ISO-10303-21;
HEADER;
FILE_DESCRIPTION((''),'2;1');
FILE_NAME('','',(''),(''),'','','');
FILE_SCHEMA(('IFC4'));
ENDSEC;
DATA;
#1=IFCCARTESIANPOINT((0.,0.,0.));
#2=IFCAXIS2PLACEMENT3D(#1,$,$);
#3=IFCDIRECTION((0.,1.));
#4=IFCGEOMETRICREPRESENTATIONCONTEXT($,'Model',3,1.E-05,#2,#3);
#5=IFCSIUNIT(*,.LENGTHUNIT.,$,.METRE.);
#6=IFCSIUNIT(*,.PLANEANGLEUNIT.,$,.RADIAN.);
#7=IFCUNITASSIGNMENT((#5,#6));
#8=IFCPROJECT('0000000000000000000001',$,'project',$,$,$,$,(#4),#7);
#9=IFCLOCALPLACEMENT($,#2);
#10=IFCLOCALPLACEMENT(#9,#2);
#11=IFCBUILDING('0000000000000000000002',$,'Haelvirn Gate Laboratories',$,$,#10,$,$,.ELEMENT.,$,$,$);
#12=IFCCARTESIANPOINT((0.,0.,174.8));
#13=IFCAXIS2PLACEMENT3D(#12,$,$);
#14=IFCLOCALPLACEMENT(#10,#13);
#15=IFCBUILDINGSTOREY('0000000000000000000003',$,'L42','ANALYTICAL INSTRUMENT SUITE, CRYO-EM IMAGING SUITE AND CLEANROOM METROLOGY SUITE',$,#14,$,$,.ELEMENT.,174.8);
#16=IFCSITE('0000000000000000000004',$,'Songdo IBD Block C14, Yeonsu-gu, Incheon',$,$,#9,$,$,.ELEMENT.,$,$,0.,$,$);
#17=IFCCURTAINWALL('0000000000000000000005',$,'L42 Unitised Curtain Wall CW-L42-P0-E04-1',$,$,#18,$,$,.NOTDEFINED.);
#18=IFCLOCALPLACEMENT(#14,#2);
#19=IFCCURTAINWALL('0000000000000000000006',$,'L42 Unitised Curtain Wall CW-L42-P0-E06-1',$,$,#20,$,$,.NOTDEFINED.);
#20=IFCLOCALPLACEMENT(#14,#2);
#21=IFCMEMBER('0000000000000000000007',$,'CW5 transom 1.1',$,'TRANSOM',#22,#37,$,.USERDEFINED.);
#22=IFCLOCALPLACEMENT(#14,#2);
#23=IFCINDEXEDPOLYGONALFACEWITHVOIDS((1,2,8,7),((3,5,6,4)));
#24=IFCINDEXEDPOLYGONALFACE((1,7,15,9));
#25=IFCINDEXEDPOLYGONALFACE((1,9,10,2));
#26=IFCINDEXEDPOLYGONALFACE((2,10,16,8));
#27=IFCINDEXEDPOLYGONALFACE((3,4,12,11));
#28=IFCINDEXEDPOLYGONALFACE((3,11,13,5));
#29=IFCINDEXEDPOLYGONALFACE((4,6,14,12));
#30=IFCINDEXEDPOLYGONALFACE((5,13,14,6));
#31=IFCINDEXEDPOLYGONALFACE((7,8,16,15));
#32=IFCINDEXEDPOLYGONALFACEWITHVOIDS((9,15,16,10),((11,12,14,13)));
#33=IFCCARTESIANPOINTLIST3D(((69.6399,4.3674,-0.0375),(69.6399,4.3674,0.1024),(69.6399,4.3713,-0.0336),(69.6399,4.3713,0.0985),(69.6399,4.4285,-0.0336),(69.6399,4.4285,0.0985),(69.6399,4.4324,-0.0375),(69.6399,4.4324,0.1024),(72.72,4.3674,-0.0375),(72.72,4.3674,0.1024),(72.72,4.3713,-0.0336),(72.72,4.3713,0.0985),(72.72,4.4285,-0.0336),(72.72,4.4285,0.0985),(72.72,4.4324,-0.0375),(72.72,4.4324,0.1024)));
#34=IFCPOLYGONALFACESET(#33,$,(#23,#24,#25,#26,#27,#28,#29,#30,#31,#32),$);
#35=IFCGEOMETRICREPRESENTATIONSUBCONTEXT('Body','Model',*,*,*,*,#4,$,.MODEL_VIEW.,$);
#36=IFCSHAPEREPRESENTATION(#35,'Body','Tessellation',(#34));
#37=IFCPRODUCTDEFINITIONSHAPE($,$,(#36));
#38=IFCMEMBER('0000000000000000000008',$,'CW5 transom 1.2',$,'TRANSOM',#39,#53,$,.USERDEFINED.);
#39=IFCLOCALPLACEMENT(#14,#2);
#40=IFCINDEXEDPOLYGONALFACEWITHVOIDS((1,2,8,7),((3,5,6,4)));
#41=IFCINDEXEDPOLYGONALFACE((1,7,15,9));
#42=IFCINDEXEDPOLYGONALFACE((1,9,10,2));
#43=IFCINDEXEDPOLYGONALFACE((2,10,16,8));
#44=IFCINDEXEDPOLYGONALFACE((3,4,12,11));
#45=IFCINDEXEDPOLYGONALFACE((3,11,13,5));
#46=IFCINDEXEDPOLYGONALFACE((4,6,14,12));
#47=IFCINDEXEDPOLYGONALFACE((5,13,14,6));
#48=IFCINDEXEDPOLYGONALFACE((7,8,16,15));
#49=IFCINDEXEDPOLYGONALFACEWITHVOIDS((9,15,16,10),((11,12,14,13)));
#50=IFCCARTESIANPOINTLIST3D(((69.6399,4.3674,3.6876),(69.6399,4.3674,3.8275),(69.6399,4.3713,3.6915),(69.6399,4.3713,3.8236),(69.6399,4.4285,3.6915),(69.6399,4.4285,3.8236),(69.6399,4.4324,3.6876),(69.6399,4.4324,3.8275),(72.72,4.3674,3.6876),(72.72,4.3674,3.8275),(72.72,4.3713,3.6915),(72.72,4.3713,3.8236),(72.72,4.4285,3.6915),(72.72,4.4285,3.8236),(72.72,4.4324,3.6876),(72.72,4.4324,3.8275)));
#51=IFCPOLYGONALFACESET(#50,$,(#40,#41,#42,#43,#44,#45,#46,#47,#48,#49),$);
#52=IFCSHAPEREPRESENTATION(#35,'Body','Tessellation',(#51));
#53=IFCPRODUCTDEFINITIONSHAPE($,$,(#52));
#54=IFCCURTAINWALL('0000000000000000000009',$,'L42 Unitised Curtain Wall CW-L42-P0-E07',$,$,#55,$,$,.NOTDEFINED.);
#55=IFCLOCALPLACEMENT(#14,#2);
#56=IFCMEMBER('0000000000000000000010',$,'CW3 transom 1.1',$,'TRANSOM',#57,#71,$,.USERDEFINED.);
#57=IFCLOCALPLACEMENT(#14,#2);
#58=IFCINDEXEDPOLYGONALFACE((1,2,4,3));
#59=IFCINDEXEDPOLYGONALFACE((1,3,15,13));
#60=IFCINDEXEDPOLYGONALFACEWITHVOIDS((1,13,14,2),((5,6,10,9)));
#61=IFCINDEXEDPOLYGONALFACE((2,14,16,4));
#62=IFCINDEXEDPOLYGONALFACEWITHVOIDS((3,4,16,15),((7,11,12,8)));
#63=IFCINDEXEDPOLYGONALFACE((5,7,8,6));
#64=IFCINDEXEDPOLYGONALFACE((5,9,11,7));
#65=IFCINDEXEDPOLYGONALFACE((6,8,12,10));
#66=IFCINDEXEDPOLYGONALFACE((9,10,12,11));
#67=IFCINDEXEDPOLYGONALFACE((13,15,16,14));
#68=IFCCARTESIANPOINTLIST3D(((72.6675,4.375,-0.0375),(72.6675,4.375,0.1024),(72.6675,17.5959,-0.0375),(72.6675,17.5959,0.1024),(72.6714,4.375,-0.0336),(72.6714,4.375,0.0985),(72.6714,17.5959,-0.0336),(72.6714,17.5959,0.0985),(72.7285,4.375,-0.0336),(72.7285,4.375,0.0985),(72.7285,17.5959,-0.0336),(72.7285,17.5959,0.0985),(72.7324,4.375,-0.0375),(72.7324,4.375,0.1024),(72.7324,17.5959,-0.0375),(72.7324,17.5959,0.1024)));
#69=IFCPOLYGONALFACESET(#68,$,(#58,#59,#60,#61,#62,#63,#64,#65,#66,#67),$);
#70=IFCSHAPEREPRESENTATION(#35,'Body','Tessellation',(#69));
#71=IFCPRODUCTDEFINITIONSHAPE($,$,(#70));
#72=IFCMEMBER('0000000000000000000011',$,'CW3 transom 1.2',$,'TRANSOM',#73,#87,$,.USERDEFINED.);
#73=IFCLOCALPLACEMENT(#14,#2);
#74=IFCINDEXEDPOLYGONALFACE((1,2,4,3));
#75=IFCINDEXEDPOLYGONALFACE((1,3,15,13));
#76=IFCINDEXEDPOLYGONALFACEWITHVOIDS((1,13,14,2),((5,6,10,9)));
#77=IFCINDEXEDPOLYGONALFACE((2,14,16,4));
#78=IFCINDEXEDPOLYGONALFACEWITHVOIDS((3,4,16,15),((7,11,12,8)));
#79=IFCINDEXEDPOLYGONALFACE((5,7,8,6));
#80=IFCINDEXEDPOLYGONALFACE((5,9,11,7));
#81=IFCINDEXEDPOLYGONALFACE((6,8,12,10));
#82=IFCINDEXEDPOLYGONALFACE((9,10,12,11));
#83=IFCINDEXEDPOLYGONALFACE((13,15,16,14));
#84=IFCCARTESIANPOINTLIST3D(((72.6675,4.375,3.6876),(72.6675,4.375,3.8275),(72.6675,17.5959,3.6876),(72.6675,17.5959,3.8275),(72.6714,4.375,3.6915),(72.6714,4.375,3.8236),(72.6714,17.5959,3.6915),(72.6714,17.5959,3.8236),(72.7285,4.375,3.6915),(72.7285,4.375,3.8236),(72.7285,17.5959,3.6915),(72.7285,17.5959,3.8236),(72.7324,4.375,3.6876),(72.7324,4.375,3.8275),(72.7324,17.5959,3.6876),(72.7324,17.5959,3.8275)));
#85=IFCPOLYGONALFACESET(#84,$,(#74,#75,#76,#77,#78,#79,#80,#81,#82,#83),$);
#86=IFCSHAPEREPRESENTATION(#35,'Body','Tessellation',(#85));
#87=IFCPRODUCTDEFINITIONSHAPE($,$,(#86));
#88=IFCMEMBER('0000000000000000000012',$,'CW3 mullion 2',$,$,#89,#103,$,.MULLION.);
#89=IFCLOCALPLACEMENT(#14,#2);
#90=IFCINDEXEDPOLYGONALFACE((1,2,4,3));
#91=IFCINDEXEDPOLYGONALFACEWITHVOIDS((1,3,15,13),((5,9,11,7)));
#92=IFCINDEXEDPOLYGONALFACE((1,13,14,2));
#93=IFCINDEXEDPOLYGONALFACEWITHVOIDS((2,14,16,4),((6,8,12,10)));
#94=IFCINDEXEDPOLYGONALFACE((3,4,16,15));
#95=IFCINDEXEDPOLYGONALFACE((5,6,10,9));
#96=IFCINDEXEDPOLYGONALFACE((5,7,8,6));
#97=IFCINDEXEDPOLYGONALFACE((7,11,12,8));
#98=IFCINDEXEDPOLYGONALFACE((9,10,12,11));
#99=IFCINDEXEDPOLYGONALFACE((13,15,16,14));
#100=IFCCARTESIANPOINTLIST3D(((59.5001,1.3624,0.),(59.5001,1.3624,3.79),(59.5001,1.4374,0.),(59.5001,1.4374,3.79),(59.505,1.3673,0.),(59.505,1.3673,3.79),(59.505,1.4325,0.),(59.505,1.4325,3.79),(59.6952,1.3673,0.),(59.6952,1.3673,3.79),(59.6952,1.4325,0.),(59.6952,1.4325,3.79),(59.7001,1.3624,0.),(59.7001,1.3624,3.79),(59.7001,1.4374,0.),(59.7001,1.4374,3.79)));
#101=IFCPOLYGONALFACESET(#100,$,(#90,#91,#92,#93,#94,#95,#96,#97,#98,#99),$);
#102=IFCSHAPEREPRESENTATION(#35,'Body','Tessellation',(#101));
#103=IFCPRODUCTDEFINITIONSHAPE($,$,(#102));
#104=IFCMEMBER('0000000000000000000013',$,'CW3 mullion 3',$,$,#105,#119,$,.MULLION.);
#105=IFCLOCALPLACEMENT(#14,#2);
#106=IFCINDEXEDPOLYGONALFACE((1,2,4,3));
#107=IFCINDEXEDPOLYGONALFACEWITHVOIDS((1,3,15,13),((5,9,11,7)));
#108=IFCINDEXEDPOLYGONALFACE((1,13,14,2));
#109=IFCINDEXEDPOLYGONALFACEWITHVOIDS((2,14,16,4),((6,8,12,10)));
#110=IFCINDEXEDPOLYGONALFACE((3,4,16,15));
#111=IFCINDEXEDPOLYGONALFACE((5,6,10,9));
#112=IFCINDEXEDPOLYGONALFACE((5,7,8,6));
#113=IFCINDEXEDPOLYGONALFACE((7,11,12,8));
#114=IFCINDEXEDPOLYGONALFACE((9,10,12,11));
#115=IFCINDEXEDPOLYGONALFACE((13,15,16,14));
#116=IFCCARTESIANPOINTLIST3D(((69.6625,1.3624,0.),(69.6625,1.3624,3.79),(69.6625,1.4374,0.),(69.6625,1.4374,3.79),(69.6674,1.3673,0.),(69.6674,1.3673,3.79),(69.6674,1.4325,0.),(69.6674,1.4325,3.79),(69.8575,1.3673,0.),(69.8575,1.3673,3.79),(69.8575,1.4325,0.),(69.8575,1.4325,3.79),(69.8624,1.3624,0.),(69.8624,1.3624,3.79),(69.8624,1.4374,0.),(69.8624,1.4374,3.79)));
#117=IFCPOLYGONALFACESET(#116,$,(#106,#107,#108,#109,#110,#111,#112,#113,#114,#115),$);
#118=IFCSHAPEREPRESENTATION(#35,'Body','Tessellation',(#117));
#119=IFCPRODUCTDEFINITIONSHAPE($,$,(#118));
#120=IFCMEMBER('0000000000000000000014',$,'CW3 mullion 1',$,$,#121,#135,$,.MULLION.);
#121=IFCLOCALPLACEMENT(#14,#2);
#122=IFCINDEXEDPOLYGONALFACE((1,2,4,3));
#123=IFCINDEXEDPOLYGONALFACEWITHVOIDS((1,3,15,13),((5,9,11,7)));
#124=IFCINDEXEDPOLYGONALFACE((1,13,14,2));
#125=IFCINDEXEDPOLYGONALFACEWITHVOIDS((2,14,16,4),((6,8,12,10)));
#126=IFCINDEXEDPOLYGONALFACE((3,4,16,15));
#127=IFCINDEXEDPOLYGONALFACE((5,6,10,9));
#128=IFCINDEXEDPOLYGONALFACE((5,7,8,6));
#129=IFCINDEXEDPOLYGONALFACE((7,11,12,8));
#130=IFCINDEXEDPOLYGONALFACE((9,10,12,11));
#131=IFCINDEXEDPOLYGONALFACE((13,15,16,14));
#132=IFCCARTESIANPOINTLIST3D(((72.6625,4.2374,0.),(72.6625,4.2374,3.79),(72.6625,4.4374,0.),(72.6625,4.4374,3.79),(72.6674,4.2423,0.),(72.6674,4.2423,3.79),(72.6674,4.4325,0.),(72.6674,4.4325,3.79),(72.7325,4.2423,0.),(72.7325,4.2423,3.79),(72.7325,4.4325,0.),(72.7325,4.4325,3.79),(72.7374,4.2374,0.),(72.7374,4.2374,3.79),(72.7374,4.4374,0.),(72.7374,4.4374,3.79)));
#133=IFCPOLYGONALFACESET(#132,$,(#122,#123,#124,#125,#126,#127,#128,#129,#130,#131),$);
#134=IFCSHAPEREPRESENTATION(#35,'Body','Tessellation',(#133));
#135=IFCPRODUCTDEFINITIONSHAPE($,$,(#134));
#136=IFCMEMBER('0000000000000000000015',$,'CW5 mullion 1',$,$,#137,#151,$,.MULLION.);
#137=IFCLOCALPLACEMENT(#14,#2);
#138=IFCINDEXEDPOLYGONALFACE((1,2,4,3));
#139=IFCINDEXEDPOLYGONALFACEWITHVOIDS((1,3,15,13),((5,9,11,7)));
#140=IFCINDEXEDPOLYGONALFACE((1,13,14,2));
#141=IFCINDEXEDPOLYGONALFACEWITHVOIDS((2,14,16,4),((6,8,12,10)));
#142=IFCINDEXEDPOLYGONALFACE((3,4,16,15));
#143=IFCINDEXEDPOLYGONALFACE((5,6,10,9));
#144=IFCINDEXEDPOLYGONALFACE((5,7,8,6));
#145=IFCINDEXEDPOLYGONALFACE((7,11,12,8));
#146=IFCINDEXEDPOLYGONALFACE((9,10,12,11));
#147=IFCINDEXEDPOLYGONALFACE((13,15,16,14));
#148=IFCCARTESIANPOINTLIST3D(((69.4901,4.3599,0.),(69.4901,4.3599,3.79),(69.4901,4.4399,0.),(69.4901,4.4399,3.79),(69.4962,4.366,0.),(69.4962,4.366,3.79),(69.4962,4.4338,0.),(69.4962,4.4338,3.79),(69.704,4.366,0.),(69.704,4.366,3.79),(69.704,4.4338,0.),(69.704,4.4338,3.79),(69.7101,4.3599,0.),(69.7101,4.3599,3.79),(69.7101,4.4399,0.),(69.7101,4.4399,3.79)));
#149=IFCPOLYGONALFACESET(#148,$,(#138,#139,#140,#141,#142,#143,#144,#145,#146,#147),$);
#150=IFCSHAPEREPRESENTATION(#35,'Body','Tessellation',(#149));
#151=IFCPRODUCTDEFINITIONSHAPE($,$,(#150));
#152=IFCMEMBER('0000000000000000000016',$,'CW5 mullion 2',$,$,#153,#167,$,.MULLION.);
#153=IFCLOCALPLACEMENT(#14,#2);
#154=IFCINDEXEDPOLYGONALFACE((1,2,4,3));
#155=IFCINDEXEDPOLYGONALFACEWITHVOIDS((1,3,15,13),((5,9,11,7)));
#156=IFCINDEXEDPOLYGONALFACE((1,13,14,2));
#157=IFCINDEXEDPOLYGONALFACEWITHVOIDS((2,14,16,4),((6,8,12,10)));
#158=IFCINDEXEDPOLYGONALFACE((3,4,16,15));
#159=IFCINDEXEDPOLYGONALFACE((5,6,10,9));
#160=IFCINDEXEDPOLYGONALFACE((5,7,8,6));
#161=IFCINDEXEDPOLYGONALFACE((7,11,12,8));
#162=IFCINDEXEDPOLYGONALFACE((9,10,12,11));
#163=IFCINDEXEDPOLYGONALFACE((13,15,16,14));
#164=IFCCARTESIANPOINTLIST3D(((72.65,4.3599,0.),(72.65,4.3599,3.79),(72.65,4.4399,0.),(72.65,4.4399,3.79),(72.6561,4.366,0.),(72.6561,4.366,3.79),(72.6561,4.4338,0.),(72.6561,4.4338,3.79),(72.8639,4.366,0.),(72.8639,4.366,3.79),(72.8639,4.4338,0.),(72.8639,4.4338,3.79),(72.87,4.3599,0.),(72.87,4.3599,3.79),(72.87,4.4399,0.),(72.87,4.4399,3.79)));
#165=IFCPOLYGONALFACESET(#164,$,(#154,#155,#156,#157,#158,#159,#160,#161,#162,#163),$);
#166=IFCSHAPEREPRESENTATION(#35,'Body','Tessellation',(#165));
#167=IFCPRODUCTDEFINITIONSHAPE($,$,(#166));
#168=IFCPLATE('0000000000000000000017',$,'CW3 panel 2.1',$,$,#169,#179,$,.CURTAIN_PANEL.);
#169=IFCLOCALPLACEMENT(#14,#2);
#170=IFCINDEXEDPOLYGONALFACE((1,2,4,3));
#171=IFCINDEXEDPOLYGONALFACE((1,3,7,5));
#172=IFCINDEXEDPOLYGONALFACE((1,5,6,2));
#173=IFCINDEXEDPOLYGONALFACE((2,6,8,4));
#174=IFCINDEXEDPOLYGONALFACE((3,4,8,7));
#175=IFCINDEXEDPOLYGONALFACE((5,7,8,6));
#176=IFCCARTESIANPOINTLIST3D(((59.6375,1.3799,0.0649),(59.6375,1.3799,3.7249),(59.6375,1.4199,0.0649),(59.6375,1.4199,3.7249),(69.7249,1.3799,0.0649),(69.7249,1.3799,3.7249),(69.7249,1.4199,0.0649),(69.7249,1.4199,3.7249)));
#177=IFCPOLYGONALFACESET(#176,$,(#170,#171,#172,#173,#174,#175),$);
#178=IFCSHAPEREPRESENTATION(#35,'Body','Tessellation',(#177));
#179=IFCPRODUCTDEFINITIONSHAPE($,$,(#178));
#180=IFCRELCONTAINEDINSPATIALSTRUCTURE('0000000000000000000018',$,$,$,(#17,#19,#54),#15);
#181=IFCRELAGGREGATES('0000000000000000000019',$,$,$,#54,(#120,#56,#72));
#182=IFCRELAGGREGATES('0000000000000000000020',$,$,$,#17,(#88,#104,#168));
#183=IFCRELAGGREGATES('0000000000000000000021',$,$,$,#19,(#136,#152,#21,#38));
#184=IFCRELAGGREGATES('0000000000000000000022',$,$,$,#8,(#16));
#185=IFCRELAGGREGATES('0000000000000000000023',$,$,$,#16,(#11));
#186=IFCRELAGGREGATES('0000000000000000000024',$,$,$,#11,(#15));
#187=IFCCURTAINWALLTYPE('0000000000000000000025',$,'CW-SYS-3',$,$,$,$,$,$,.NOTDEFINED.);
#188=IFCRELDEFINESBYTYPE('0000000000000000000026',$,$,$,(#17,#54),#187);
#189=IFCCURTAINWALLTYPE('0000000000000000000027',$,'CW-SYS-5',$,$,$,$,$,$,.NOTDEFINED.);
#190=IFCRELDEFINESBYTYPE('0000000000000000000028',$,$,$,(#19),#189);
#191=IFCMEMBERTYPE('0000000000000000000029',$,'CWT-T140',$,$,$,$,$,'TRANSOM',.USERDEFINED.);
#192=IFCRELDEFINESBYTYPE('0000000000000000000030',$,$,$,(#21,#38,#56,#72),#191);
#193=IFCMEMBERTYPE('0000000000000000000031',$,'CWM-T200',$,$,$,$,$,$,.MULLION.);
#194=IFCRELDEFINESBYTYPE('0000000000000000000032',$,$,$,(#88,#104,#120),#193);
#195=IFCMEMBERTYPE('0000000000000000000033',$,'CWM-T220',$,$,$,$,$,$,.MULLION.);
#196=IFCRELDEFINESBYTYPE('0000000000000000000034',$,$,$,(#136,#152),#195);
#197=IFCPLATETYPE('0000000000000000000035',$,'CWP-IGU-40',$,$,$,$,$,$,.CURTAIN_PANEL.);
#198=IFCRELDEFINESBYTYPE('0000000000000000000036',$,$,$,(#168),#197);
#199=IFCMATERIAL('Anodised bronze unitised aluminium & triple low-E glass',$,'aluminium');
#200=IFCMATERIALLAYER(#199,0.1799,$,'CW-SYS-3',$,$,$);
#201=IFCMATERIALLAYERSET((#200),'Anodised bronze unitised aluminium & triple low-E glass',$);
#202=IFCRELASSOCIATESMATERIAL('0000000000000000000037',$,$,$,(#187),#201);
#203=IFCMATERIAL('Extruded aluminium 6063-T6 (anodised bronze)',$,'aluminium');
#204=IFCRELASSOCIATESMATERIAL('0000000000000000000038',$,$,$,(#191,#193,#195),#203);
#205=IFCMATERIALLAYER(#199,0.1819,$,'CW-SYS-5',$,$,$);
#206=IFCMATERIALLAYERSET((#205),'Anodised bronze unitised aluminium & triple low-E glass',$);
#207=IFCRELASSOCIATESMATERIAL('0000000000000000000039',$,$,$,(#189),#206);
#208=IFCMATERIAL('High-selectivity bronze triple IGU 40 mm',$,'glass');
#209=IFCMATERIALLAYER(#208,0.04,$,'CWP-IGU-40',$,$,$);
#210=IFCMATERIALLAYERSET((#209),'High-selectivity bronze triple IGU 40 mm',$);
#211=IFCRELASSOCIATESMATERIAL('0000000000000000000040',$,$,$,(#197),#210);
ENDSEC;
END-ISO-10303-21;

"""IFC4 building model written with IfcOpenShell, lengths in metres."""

from ifc_helpers import new_model, si_unit, direction, frame, origin, origin_2d, place, context, subcontext, project, spatial, rectangle, hollow_rectangle, extrude, source, transform, mapped, material, layer, layer_set, material_profile, profile_set, type_object, type_shapes, element, aggregate, save


model = new_model("IFC4")

# Units and contexts
model_context = context("Model", 3, precision=1e-05, world=origin(), true_north=direction((0.0, 1.0)))
body_context = subcontext(model_context, "Body", "Model", "MODEL_VIEW")
ifc_project = project(units=[si_unit("LENGTHUNIT", "METRE"), si_unit("PLANEANGLEUNIT", "RADIAN")], contexts=[model_context])

# Site, building, storey
site_placement = place(None, origin())
site = spatial("IfcSite", under=ifc_project, at=site_placement, Name="Songdo IBD Block C14, Yeonsu-gu, Incheon", CompositionType="ELEMENT", RefElevation=0.0)
building_placement = place(site_placement, origin())
building = spatial("IfcBuilding", under=site, at=building_placement, Name="Haelvirn Gate Laboratories", CompositionType="ELEMENT")
storey_placement = place(building_placement, frame((0.0, 0.0, 174.8)))
storey = spatial("IfcBuildingStorey", under=building, at=storey_placement, Name="L42", Description="ANALYTICAL INSTRUMENT SUITE, CRYO-EM IMAGING SUITE AND CLEANROOM METROLOGY SUITE", CompositionType="ELEMENT", Elevation=174.8)

# Curtain walls, members
ifc_material_1 = material(Name="Anodised bronze unitised aluminium & triple low-E glass", Category="aluminium")
ifc_layer_1 = layer(ifc_material_1, 0.1799, Name="CW-SYS-3")
ifc_layer_set_1 = layer_set([ifc_layer_1], Name="Anodised bronze unitised aluminium & triple low-E glass")
curtain_wall_type_1 = type_object("IfcCurtainWallType", Name="CW-SYS-3", PredefinedType="NOTDEFINED", material=ifc_layer_set_1)
curtain_wall_1_placement = place(storey_placement, origin())
curtain_wall_1 = element("IfcCurtainWall", 1, at=curtain_wall_1_placement, inside=storey, type_object=curtain_wall_type_1, Name="L42 Unitised Curtain Wall CW-L42-P0-E04-1", PredefinedType="NOTDEFINED")
ifc_material_2 = material(Name="Extruded aluminium 6063-T6 (anodised bronze)", Category="aluminium")
ifc_material_profile_1 = material_profile(ifc_material_2, hollow_rectangle(XDim=0.0649, YDim=0.1399, WallThickness=0.0039, at=origin_2d()), Name="CWT-140x65x4")
ifc_profile_set_1 = profile_set([ifc_material_profile_1], Name="Extruded aluminium 6063-T6 (anodised bronze)")
member_type_1 = type_object("IfcMemberType", Name="CWT-T140", ElementType="TRANSOM", PredefinedType="USERDEFINED", material=ifc_profile_set_1)
ifc_layer_2 = layer(ifc_material_1, 0.1819, Name="CW-SYS-5")
ifc_layer_set_2 = layer_set([ifc_layer_2], Name="Anodised bronze unitised aluminium & triple low-E glass")
curtain_wall_type_2 = type_object("IfcCurtainWallType", Name="CW-SYS-5", PredefinedType="NOTDEFINED", material=ifc_layer_set_2)
curtain_wall_2_placement = place(storey_placement, origin())
curtain_wall_2 = element("IfcCurtainWall", 2, at=curtain_wall_2_placement, inside=storey, type_object=curtain_wall_type_2, Name="L42 Unitised Curtain Wall CW-L42-P0-E06-1", PredefinedType="NOTDEFINED")
shared_shape_1 = source(origin(), body_context, "Body", "SweptSolid", [
    extrude(hollow_rectangle(XDim=0.0649, YDim=0.1399, WallThickness=0.0039, at=origin_2d()), origin(), (0.0, 0.0, 1.0), 3.0801),
])
member_1_placement = place(storey_placement, frame((69.6399, 4.3999, 0.0325), z_axis=(1.0, 0.0, 0.0), x_axis=(0.0, 1.0, 0.0)))
member_1 = element("IfcMember", 3, at=member_1_placement, type_object=member_type_1, Name="CW5 transom 1.1", ObjectType="TRANSOM", PredefinedType="USERDEFINED", context=body_context, shape_type="MappedRepresentation", body=[
    mapped(shared_shape_1, transform((0.0, 0.0, 0.0), scale=1.0)),
])
member_2_placement = place(storey_placement, frame((69.6399, 4.3999, 3.7576), z_axis=(1.0, 0.0, 0.0), x_axis=(0.0, 1.0, 0.0)))
member_2 = element("IfcMember", 4, at=member_2_placement, type_object=member_type_1, Name="CW5 transom 1.2", ObjectType="TRANSOM", PredefinedType="USERDEFINED", context=body_context, shape_type="MappedRepresentation", body=[
    mapped(shared_shape_1, transform((0.0, 0.0, 0.0), scale=1.0)),
])
curtain_wall_3_placement = place(storey_placement, origin())
curtain_wall_3 = element("IfcCurtainWall", 5, at=curtain_wall_3_placement, inside=storey, type_object=curtain_wall_type_1, Name="L42 Unitised Curtain Wall CW-L42-P0-E07", PredefinedType="NOTDEFINED")
shared_shape_2 = source(origin(), body_context, "Body", "SweptSolid", [
    extrude(hollow_rectangle(XDim=0.0649, YDim=0.1399, WallThickness=0.0039, at=origin_2d()), origin(), (0.0, 0.0, 1.0), 13.2209),
])
member_3_placement = place(storey_placement, frame((72.7, 4.375, 0.0325), z_axis=(0.0, 1.0, 0.0), x_axis=(-1.0, 0.0, 0.0)))
member_3 = element("IfcMember", 6, at=member_3_placement, type_object=member_type_1, Name="CW3 transom 1.1", ObjectType="TRANSOM", PredefinedType="USERDEFINED", context=body_context, shape_type="MappedRepresentation", body=[
    mapped(shared_shape_2, transform((0.0, 0.0, 0.0), scale=1.0)),
])
member_4_placement = place(storey_placement, frame((72.7, 4.375, 3.7576), z_axis=(0.0, 1.0, 0.0), x_axis=(-1.0, 0.0, 0.0)))
member_4 = element("IfcMember", 7, at=member_4_placement, type_object=member_type_1, Name="CW3 transom 1.2", ObjectType="TRANSOM", PredefinedType="USERDEFINED", context=body_context, shape_type="MappedRepresentation", body=[
    mapped(shared_shape_2, transform((0.0, 0.0, 0.0), scale=1.0)),
])

# Members
ifc_material_profile_2 = material_profile(ifc_material_2, hollow_rectangle(XDim=0.075, YDim=0.2, WallThickness=0.0049, at=origin_2d()), Name="CWM-200x75x5")
ifc_profile_set_2 = profile_set([ifc_material_profile_2], Name="Extruded aluminium 6063-T6 (anodised bronze)")
member_type_2 = type_object("IfcMemberType", Name="CWM-T200", PredefinedType="MULLION", material=ifc_profile_set_2)
shared_shape_3 = source(origin(), body_context, "Body", "SweptSolid", [
    extrude(hollow_rectangle(XDim=0.075, YDim=0.2, WallThickness=0.0049, at=origin_2d()), origin(), (0.0, 0.0, 1.0), 3.79),
])
type_shapes(member_type_2, [shared_shape_3])
member_5_placement = place(storey_placement, frame((59.6001, 1.3999, 0.0), z_axis=(0.0, 0.0, 1.0), x_axis=(0.0, 1.0, 0.0)))
member_5 = element("IfcMember", 8, at=member_5_placement, type_object=member_type_2, Name="CW3 mullion 2", PredefinedType="MULLION", context=body_context, shape_type="MappedRepresentation", body=[
    mapped(shared_shape_3, transform((0.0, 0.0, 0.0), scale=1.0)),
])
member_6_placement = place(storey_placement, frame((69.7625, 1.3999, 0.0), z_axis=(0.0, 0.0, 1.0), x_axis=(0.0, 1.0, 0.0)))
member_6 = element("IfcMember", 9, at=member_6_placement, type_object=member_type_2, Name="CW3 mullion 3", PredefinedType="MULLION", context=body_context, shape_type="MappedRepresentation", body=[
    mapped(shared_shape_3, transform((0.0, 0.0, 0.0), scale=1.0)),
])
member_7_placement = place(storey_placement, frame((72.7, 4.3374, 0.0), z_axis=(0.0, 0.0, 1.0), x_axis=(-1.0, 0.0, 0.0)))
member_7 = element("IfcMember", 10, at=member_7_placement, type_object=member_type_2, Name="CW3 mullion 1", PredefinedType="MULLION", context=body_context, shape_type="MappedRepresentation", body=[
    mapped(shared_shape_3, transform((0.0, 0.0, 0.0), scale=1.0)),
])
aggregate(curtain_wall_3, [member_7, member_3, member_4])
ifc_material_profile_3 = material_profile(ifc_material_2, hollow_rectangle(XDim=0.0801, YDim=0.22, WallThickness=0.0061, at=origin_2d()), Name="CWM-220x80x6")
ifc_profile_set_3 = profile_set([ifc_material_profile_3], Name="Extruded aluminium 6063-T6 (anodised bronze)")
member_type_3 = type_object("IfcMemberType", Name="CWM-T220", PredefinedType="MULLION", material=ifc_profile_set_3)
shared_shape_4 = source(origin(), body_context, "Body", "SweptSolid", [
    extrude(hollow_rectangle(XDim=0.0801, YDim=0.22, WallThickness=0.0061, at=origin_2d()), origin(), (0.0, 0.0, 1.0), 3.79),
])
type_shapes(member_type_3, [shared_shape_4])
member_8_placement = place(storey_placement, frame((69.6001, 4.3999, 0.0), z_axis=(0.0, 0.0, 1.0), x_axis=(0.0, 1.0, 0.0)))
member_8 = element("IfcMember", 11, at=member_8_placement, type_object=member_type_3, Name="CW5 mullion 1", PredefinedType="MULLION", context=body_context, shape_type="MappedRepresentation", body=[
    mapped(shared_shape_4, transform((0.0, 0.0, 0.0), scale=1.0)),
])
member_9_placement = place(storey_placement, frame((72.76, 4.3999, 0.0), z_axis=(0.0, 0.0, 1.0), x_axis=(0.0, 1.0, 0.0)))
member_9 = element("IfcMember", 12, at=member_9_placement, type_object=member_type_3, Name="CW5 mullion 2", PredefinedType="MULLION", context=body_context, shape_type="MappedRepresentation", body=[
    mapped(shared_shape_4, transform((0.0, 0.0, 0.0), scale=1.0)),
])

# Plate
ifc_material_3 = material(Name="High-selectivity bronze triple IGU 40 mm", Category="glass")
ifc_layer_3 = layer(ifc_material_3, 0.04, Name="CWP-IGU-40")
ifc_layer_set_3 = layer_set([ifc_layer_3], Name="High-selectivity bronze triple IGU 40 mm")
plate_type_1 = type_object("IfcPlateType", Name="CWP-IGU-40", PredefinedType="CURTAIN_PANEL", material=ifc_layer_set_3)
shared_shape_5 = source(origin(), body_context, "Body", "SweptSolid", [
    extrude(rectangle(XDim=10.0874, YDim=0.04, at=origin_2d()), origin(), (0.0, 0.0, 1.0), 3.6599),
])
type_shapes(plate_type_1, [shared_shape_5])
plate_1_placement = place(storey_placement, frame((64.6812, 1.3999, 0.0649), z_axis=(0.0, 0.0, 1.0), x_axis=(1.0, 0.0, 0.0)))
plate_1 = element("IfcPlate", 13, at=plate_1_placement, type_object=plate_type_1, Name="CW3 panel 2.1", PredefinedType="CURTAIN_PANEL", context=body_context, shape_type="MappedRepresentation", body=[
    mapped(shared_shape_5, transform((0.0, 0.0, 0.0), scale=1.0)),
])
aggregate(curtain_wall_1, [member_5, member_6, plate_1])
aggregate(curtain_wall_2, [member_8, member_9, member_1, member_2])

save(model, "model.ifc")
